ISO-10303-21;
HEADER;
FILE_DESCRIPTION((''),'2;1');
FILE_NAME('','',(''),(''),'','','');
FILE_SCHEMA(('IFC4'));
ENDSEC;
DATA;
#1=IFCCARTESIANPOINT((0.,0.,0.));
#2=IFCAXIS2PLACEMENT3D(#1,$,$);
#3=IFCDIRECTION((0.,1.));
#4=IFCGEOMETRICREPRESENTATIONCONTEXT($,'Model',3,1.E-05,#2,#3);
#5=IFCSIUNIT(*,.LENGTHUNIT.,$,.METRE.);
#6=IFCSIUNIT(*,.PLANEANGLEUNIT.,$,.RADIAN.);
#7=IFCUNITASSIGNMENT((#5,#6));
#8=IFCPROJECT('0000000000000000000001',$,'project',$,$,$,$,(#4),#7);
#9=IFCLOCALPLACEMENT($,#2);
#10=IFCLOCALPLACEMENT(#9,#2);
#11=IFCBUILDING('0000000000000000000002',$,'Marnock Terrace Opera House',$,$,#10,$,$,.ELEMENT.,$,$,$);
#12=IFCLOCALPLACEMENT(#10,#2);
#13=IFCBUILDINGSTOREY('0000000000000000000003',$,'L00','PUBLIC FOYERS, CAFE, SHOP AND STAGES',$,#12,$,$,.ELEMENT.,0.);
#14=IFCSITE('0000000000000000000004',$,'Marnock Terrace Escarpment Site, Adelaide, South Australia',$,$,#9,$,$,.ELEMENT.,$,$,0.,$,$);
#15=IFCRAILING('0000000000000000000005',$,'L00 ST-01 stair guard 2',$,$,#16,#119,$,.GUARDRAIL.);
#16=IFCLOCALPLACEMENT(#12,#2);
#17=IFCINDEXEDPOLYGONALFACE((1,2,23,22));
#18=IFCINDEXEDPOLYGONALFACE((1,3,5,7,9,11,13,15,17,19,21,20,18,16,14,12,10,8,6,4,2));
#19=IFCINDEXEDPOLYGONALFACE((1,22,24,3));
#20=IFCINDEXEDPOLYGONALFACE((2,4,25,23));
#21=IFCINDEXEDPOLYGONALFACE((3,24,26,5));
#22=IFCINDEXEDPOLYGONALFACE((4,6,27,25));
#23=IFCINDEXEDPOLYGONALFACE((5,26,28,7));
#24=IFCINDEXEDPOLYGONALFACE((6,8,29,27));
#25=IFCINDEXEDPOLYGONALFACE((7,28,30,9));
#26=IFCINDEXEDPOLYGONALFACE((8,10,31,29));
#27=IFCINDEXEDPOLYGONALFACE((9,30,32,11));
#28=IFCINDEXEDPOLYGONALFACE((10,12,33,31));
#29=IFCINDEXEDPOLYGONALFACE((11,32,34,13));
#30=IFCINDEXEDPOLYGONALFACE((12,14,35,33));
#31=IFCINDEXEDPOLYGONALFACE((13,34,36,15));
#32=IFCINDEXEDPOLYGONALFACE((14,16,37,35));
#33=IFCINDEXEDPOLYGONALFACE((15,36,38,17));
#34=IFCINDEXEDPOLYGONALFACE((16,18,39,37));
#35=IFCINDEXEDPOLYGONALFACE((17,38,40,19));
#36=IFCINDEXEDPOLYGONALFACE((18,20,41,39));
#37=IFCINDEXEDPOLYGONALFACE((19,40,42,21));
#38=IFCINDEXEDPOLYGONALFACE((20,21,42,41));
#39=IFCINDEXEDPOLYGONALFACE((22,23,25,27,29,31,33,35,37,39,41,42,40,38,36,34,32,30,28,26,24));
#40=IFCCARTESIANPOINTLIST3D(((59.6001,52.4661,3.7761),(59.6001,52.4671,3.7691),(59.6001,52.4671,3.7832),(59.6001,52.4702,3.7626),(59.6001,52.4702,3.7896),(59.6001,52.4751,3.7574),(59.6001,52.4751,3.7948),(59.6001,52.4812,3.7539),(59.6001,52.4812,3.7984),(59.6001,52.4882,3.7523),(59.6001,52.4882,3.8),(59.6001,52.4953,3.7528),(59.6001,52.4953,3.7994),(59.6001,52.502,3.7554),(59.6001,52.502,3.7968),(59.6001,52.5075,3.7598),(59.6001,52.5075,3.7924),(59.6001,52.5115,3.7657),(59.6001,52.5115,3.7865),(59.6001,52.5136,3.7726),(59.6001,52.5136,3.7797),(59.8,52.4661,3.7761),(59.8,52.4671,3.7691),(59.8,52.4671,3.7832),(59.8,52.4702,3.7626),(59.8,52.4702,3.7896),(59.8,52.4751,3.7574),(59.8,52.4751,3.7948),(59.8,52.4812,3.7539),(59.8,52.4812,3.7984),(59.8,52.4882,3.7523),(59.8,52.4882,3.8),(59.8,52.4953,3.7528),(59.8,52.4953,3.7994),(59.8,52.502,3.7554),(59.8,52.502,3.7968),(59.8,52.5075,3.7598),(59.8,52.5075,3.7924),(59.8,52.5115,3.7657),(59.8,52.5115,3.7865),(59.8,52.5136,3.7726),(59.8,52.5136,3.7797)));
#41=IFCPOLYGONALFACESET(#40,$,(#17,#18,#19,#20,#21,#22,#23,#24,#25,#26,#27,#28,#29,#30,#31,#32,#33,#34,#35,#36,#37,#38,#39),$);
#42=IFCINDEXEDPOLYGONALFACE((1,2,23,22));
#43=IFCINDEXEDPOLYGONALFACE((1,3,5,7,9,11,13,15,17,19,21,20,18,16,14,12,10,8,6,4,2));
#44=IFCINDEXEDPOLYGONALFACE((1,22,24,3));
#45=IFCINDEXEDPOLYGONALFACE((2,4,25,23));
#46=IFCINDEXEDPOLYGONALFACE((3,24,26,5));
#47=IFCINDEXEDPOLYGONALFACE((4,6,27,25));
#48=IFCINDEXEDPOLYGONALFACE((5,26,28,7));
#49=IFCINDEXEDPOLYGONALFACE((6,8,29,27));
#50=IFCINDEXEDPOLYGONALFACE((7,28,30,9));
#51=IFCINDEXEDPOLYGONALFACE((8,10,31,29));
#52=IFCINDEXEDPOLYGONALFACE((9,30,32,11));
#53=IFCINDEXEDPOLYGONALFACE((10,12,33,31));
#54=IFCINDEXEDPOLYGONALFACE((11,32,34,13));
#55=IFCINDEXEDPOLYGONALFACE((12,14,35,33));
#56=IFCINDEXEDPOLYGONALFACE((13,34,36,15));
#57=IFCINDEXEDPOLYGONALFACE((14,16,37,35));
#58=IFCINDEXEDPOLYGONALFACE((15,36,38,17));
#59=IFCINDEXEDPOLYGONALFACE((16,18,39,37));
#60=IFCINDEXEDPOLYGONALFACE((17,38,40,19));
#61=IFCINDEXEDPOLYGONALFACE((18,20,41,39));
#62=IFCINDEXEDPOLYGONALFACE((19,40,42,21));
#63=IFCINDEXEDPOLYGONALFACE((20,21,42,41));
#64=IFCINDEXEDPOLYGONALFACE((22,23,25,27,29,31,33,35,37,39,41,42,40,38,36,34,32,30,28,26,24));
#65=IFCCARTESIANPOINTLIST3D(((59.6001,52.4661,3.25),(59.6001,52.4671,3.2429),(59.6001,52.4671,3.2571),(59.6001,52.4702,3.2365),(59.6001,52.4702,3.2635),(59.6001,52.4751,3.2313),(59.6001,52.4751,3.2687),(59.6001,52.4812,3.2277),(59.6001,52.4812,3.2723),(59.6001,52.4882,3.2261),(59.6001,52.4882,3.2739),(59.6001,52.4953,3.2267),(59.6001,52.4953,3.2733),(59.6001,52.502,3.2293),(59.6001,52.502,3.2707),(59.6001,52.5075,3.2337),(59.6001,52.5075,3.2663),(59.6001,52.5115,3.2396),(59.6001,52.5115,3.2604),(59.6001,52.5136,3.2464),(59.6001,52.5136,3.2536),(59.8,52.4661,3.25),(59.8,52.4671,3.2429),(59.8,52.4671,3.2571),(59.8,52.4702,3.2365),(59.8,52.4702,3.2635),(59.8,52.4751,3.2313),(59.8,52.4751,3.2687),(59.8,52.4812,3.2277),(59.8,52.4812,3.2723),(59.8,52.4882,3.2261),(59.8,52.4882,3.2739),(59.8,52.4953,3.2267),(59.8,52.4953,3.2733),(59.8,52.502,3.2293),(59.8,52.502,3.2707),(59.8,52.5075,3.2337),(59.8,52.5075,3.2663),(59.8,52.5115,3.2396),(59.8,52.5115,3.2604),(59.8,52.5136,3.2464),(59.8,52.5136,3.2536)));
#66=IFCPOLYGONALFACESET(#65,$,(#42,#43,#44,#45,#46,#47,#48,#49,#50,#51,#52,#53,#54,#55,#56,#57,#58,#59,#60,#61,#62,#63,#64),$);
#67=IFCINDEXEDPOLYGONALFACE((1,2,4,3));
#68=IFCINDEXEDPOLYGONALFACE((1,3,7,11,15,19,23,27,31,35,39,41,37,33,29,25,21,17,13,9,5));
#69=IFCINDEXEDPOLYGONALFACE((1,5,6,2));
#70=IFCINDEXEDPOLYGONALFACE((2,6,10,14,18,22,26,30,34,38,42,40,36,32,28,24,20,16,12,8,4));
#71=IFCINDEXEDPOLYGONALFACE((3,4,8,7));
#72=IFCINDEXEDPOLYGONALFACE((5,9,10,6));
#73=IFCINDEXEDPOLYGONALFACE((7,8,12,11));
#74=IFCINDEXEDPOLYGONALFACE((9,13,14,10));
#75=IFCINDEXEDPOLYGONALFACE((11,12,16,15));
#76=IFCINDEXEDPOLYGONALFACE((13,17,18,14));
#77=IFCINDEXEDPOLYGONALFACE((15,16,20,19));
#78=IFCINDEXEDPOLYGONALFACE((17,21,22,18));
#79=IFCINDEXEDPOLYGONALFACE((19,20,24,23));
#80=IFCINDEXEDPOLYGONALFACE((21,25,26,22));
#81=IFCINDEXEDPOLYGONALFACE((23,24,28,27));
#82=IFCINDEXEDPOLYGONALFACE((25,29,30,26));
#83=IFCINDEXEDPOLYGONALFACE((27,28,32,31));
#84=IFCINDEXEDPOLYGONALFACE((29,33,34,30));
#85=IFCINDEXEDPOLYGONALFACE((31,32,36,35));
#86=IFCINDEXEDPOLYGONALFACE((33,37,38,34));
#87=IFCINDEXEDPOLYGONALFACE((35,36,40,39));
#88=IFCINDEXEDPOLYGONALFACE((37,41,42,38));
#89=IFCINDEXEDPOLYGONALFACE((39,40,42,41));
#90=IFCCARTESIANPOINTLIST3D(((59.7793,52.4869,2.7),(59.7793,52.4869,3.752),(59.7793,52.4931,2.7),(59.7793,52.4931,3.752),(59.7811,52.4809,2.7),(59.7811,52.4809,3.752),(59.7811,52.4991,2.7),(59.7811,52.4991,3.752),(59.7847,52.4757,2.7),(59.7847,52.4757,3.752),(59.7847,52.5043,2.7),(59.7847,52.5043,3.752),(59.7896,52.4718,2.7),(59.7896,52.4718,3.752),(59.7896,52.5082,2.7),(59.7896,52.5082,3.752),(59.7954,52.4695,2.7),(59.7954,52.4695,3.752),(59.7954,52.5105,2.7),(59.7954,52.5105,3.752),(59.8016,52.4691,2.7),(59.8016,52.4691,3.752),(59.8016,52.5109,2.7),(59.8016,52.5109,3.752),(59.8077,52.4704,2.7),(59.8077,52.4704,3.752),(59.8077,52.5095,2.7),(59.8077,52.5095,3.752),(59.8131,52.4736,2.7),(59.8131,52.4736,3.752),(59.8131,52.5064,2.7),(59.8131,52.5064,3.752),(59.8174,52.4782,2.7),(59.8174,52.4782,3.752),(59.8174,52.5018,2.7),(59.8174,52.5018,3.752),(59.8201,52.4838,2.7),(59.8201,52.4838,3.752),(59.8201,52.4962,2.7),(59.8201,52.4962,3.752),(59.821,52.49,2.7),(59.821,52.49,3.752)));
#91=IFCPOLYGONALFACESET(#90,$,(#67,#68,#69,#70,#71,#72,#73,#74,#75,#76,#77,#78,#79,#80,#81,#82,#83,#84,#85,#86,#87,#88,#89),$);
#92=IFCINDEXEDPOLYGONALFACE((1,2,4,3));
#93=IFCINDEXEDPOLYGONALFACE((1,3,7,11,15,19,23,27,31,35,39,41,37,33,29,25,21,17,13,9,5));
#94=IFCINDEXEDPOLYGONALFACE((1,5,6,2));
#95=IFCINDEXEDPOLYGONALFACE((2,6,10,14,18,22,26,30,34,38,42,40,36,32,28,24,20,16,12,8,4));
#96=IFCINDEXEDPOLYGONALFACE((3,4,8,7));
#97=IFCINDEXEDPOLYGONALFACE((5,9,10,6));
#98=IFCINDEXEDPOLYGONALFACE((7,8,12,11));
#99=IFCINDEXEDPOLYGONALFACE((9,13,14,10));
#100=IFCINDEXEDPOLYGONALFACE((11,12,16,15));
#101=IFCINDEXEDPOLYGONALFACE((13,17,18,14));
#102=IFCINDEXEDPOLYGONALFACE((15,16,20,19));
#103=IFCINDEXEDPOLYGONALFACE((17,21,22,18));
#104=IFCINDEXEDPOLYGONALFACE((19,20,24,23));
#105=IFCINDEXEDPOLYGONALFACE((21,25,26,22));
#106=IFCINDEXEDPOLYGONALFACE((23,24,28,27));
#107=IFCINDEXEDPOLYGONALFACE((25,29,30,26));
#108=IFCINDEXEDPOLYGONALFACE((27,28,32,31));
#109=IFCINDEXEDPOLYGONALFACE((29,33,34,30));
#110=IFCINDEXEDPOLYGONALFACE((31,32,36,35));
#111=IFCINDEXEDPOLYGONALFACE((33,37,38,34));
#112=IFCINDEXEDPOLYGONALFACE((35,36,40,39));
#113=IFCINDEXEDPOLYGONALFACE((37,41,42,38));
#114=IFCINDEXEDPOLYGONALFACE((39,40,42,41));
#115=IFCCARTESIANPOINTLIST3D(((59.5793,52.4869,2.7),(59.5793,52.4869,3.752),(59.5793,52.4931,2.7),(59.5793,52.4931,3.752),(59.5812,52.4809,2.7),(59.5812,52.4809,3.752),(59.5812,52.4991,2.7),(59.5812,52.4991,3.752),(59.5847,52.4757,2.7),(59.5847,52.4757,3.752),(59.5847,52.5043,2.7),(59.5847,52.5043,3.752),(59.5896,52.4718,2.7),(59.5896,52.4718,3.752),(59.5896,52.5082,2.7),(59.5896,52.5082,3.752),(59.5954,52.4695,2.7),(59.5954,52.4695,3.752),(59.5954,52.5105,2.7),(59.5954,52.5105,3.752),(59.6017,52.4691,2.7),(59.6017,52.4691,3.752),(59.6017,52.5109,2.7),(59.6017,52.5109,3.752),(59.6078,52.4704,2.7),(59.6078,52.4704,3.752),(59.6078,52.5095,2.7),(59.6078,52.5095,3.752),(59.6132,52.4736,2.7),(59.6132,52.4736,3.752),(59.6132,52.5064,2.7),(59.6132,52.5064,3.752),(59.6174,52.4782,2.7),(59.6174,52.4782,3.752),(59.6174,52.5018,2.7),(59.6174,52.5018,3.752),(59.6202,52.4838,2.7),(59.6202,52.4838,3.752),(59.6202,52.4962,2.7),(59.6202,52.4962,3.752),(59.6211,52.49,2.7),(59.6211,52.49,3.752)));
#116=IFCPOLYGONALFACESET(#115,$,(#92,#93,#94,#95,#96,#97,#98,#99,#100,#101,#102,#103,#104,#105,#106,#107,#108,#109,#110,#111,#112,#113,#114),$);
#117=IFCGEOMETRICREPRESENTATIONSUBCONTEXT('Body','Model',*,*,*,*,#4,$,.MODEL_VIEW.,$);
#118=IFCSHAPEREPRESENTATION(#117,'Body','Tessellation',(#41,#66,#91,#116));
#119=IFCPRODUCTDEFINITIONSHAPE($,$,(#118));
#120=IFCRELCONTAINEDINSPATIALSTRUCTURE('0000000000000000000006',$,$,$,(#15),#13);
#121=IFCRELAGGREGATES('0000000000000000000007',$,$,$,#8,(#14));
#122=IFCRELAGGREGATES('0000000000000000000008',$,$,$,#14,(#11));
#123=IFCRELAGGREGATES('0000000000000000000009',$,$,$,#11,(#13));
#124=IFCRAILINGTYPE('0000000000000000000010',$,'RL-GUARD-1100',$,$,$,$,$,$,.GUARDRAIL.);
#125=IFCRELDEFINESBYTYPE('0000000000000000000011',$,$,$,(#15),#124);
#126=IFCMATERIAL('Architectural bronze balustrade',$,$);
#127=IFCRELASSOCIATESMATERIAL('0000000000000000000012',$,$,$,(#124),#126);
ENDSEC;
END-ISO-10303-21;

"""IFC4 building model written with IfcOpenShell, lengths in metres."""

from ifc_helpers import new_model, si_unit, direction, frame, origin, origin_2d, place, context, subcontext, project, spatial, circle, extrude, material, type_object, element, save


model = new_model("IFC4")

# Units and contexts
model_context = context("Model", 3, precision=1e-05, world=origin(), true_north=direction((0.0, 1.0)))
body_context = subcontext(model_context, "Body", "Model", "MODEL_VIEW")
ifc_project = project(units=[si_unit("LENGTHUNIT", "METRE"), si_unit("PLANEANGLEUNIT", "RADIAN")], contexts=[model_context])

# Site, building, storey
site_placement = place(None, origin())
site = spatial("IfcSite", under=ifc_project, at=site_placement, Name="Marnock Terrace Escarpment Site, Adelaide, South Australia", CompositionType="ELEMENT", RefElevation=0.0)
building_placement = place(site_placement, origin())
building = spatial("IfcBuilding", under=site, at=building_placement, Name="Marnock Terrace Opera House", CompositionType="ELEMENT")
storey_placement = place(building_placement, origin())
storey = spatial("IfcBuildingStorey", under=building, at=storey_placement, Name="L00", Description="PUBLIC FOYERS, CAFE, SHOP AND STAGES", CompositionType="ELEMENT", Elevation=0.0)

# Railing
ifc_material_1 = material(Name="Architectural bronze balustrade")
railing_type = type_object("IfcRailingType", Name="RL-GUARD-1100", PredefinedType="GUARDRAIL", material=ifc_material_1)
railing_placement = place(storey_placement, frame((59.8, 52.49, 2.7)))
element("IfcRailing", 1, at=railing_placement, inside=storey, type_object=railing_type, Name="L00 ST-01 stair guard 2", PredefinedType="GUARDRAIL", context=body_context, shape_type="SweptSolid", body=[
    extrude(circle(Radius=0.0239, at=origin_2d()), frame((0.0, 0.0, 1.0762), z_axis=(-1.0, 0.0, 0.0), x_axis=(0.0, -1.0, 0.0)), (0.0, 0.0, 1.0), 0.2),
    extrude(circle(Radius=0.0239, at=origin_2d()), frame((0.0, 0.0, 0.55), z_axis=(-1.0, 0.0, 0.0), x_axis=(0.0, -1.0, 0.0)), (0.0, 0.0, 1.0), 0.2),
    extrude(circle(Radius=0.021, at=origin_2d()), origin(), (0.0, 0.0, 1.0), 1.052),
    extrude(circle(Radius=0.021, at=origin_2d()), frame((-0.2, 0.0, 0.0)), (0.0, 0.0, 1.0), 1.052),
])

save(model, "model.ifc")
